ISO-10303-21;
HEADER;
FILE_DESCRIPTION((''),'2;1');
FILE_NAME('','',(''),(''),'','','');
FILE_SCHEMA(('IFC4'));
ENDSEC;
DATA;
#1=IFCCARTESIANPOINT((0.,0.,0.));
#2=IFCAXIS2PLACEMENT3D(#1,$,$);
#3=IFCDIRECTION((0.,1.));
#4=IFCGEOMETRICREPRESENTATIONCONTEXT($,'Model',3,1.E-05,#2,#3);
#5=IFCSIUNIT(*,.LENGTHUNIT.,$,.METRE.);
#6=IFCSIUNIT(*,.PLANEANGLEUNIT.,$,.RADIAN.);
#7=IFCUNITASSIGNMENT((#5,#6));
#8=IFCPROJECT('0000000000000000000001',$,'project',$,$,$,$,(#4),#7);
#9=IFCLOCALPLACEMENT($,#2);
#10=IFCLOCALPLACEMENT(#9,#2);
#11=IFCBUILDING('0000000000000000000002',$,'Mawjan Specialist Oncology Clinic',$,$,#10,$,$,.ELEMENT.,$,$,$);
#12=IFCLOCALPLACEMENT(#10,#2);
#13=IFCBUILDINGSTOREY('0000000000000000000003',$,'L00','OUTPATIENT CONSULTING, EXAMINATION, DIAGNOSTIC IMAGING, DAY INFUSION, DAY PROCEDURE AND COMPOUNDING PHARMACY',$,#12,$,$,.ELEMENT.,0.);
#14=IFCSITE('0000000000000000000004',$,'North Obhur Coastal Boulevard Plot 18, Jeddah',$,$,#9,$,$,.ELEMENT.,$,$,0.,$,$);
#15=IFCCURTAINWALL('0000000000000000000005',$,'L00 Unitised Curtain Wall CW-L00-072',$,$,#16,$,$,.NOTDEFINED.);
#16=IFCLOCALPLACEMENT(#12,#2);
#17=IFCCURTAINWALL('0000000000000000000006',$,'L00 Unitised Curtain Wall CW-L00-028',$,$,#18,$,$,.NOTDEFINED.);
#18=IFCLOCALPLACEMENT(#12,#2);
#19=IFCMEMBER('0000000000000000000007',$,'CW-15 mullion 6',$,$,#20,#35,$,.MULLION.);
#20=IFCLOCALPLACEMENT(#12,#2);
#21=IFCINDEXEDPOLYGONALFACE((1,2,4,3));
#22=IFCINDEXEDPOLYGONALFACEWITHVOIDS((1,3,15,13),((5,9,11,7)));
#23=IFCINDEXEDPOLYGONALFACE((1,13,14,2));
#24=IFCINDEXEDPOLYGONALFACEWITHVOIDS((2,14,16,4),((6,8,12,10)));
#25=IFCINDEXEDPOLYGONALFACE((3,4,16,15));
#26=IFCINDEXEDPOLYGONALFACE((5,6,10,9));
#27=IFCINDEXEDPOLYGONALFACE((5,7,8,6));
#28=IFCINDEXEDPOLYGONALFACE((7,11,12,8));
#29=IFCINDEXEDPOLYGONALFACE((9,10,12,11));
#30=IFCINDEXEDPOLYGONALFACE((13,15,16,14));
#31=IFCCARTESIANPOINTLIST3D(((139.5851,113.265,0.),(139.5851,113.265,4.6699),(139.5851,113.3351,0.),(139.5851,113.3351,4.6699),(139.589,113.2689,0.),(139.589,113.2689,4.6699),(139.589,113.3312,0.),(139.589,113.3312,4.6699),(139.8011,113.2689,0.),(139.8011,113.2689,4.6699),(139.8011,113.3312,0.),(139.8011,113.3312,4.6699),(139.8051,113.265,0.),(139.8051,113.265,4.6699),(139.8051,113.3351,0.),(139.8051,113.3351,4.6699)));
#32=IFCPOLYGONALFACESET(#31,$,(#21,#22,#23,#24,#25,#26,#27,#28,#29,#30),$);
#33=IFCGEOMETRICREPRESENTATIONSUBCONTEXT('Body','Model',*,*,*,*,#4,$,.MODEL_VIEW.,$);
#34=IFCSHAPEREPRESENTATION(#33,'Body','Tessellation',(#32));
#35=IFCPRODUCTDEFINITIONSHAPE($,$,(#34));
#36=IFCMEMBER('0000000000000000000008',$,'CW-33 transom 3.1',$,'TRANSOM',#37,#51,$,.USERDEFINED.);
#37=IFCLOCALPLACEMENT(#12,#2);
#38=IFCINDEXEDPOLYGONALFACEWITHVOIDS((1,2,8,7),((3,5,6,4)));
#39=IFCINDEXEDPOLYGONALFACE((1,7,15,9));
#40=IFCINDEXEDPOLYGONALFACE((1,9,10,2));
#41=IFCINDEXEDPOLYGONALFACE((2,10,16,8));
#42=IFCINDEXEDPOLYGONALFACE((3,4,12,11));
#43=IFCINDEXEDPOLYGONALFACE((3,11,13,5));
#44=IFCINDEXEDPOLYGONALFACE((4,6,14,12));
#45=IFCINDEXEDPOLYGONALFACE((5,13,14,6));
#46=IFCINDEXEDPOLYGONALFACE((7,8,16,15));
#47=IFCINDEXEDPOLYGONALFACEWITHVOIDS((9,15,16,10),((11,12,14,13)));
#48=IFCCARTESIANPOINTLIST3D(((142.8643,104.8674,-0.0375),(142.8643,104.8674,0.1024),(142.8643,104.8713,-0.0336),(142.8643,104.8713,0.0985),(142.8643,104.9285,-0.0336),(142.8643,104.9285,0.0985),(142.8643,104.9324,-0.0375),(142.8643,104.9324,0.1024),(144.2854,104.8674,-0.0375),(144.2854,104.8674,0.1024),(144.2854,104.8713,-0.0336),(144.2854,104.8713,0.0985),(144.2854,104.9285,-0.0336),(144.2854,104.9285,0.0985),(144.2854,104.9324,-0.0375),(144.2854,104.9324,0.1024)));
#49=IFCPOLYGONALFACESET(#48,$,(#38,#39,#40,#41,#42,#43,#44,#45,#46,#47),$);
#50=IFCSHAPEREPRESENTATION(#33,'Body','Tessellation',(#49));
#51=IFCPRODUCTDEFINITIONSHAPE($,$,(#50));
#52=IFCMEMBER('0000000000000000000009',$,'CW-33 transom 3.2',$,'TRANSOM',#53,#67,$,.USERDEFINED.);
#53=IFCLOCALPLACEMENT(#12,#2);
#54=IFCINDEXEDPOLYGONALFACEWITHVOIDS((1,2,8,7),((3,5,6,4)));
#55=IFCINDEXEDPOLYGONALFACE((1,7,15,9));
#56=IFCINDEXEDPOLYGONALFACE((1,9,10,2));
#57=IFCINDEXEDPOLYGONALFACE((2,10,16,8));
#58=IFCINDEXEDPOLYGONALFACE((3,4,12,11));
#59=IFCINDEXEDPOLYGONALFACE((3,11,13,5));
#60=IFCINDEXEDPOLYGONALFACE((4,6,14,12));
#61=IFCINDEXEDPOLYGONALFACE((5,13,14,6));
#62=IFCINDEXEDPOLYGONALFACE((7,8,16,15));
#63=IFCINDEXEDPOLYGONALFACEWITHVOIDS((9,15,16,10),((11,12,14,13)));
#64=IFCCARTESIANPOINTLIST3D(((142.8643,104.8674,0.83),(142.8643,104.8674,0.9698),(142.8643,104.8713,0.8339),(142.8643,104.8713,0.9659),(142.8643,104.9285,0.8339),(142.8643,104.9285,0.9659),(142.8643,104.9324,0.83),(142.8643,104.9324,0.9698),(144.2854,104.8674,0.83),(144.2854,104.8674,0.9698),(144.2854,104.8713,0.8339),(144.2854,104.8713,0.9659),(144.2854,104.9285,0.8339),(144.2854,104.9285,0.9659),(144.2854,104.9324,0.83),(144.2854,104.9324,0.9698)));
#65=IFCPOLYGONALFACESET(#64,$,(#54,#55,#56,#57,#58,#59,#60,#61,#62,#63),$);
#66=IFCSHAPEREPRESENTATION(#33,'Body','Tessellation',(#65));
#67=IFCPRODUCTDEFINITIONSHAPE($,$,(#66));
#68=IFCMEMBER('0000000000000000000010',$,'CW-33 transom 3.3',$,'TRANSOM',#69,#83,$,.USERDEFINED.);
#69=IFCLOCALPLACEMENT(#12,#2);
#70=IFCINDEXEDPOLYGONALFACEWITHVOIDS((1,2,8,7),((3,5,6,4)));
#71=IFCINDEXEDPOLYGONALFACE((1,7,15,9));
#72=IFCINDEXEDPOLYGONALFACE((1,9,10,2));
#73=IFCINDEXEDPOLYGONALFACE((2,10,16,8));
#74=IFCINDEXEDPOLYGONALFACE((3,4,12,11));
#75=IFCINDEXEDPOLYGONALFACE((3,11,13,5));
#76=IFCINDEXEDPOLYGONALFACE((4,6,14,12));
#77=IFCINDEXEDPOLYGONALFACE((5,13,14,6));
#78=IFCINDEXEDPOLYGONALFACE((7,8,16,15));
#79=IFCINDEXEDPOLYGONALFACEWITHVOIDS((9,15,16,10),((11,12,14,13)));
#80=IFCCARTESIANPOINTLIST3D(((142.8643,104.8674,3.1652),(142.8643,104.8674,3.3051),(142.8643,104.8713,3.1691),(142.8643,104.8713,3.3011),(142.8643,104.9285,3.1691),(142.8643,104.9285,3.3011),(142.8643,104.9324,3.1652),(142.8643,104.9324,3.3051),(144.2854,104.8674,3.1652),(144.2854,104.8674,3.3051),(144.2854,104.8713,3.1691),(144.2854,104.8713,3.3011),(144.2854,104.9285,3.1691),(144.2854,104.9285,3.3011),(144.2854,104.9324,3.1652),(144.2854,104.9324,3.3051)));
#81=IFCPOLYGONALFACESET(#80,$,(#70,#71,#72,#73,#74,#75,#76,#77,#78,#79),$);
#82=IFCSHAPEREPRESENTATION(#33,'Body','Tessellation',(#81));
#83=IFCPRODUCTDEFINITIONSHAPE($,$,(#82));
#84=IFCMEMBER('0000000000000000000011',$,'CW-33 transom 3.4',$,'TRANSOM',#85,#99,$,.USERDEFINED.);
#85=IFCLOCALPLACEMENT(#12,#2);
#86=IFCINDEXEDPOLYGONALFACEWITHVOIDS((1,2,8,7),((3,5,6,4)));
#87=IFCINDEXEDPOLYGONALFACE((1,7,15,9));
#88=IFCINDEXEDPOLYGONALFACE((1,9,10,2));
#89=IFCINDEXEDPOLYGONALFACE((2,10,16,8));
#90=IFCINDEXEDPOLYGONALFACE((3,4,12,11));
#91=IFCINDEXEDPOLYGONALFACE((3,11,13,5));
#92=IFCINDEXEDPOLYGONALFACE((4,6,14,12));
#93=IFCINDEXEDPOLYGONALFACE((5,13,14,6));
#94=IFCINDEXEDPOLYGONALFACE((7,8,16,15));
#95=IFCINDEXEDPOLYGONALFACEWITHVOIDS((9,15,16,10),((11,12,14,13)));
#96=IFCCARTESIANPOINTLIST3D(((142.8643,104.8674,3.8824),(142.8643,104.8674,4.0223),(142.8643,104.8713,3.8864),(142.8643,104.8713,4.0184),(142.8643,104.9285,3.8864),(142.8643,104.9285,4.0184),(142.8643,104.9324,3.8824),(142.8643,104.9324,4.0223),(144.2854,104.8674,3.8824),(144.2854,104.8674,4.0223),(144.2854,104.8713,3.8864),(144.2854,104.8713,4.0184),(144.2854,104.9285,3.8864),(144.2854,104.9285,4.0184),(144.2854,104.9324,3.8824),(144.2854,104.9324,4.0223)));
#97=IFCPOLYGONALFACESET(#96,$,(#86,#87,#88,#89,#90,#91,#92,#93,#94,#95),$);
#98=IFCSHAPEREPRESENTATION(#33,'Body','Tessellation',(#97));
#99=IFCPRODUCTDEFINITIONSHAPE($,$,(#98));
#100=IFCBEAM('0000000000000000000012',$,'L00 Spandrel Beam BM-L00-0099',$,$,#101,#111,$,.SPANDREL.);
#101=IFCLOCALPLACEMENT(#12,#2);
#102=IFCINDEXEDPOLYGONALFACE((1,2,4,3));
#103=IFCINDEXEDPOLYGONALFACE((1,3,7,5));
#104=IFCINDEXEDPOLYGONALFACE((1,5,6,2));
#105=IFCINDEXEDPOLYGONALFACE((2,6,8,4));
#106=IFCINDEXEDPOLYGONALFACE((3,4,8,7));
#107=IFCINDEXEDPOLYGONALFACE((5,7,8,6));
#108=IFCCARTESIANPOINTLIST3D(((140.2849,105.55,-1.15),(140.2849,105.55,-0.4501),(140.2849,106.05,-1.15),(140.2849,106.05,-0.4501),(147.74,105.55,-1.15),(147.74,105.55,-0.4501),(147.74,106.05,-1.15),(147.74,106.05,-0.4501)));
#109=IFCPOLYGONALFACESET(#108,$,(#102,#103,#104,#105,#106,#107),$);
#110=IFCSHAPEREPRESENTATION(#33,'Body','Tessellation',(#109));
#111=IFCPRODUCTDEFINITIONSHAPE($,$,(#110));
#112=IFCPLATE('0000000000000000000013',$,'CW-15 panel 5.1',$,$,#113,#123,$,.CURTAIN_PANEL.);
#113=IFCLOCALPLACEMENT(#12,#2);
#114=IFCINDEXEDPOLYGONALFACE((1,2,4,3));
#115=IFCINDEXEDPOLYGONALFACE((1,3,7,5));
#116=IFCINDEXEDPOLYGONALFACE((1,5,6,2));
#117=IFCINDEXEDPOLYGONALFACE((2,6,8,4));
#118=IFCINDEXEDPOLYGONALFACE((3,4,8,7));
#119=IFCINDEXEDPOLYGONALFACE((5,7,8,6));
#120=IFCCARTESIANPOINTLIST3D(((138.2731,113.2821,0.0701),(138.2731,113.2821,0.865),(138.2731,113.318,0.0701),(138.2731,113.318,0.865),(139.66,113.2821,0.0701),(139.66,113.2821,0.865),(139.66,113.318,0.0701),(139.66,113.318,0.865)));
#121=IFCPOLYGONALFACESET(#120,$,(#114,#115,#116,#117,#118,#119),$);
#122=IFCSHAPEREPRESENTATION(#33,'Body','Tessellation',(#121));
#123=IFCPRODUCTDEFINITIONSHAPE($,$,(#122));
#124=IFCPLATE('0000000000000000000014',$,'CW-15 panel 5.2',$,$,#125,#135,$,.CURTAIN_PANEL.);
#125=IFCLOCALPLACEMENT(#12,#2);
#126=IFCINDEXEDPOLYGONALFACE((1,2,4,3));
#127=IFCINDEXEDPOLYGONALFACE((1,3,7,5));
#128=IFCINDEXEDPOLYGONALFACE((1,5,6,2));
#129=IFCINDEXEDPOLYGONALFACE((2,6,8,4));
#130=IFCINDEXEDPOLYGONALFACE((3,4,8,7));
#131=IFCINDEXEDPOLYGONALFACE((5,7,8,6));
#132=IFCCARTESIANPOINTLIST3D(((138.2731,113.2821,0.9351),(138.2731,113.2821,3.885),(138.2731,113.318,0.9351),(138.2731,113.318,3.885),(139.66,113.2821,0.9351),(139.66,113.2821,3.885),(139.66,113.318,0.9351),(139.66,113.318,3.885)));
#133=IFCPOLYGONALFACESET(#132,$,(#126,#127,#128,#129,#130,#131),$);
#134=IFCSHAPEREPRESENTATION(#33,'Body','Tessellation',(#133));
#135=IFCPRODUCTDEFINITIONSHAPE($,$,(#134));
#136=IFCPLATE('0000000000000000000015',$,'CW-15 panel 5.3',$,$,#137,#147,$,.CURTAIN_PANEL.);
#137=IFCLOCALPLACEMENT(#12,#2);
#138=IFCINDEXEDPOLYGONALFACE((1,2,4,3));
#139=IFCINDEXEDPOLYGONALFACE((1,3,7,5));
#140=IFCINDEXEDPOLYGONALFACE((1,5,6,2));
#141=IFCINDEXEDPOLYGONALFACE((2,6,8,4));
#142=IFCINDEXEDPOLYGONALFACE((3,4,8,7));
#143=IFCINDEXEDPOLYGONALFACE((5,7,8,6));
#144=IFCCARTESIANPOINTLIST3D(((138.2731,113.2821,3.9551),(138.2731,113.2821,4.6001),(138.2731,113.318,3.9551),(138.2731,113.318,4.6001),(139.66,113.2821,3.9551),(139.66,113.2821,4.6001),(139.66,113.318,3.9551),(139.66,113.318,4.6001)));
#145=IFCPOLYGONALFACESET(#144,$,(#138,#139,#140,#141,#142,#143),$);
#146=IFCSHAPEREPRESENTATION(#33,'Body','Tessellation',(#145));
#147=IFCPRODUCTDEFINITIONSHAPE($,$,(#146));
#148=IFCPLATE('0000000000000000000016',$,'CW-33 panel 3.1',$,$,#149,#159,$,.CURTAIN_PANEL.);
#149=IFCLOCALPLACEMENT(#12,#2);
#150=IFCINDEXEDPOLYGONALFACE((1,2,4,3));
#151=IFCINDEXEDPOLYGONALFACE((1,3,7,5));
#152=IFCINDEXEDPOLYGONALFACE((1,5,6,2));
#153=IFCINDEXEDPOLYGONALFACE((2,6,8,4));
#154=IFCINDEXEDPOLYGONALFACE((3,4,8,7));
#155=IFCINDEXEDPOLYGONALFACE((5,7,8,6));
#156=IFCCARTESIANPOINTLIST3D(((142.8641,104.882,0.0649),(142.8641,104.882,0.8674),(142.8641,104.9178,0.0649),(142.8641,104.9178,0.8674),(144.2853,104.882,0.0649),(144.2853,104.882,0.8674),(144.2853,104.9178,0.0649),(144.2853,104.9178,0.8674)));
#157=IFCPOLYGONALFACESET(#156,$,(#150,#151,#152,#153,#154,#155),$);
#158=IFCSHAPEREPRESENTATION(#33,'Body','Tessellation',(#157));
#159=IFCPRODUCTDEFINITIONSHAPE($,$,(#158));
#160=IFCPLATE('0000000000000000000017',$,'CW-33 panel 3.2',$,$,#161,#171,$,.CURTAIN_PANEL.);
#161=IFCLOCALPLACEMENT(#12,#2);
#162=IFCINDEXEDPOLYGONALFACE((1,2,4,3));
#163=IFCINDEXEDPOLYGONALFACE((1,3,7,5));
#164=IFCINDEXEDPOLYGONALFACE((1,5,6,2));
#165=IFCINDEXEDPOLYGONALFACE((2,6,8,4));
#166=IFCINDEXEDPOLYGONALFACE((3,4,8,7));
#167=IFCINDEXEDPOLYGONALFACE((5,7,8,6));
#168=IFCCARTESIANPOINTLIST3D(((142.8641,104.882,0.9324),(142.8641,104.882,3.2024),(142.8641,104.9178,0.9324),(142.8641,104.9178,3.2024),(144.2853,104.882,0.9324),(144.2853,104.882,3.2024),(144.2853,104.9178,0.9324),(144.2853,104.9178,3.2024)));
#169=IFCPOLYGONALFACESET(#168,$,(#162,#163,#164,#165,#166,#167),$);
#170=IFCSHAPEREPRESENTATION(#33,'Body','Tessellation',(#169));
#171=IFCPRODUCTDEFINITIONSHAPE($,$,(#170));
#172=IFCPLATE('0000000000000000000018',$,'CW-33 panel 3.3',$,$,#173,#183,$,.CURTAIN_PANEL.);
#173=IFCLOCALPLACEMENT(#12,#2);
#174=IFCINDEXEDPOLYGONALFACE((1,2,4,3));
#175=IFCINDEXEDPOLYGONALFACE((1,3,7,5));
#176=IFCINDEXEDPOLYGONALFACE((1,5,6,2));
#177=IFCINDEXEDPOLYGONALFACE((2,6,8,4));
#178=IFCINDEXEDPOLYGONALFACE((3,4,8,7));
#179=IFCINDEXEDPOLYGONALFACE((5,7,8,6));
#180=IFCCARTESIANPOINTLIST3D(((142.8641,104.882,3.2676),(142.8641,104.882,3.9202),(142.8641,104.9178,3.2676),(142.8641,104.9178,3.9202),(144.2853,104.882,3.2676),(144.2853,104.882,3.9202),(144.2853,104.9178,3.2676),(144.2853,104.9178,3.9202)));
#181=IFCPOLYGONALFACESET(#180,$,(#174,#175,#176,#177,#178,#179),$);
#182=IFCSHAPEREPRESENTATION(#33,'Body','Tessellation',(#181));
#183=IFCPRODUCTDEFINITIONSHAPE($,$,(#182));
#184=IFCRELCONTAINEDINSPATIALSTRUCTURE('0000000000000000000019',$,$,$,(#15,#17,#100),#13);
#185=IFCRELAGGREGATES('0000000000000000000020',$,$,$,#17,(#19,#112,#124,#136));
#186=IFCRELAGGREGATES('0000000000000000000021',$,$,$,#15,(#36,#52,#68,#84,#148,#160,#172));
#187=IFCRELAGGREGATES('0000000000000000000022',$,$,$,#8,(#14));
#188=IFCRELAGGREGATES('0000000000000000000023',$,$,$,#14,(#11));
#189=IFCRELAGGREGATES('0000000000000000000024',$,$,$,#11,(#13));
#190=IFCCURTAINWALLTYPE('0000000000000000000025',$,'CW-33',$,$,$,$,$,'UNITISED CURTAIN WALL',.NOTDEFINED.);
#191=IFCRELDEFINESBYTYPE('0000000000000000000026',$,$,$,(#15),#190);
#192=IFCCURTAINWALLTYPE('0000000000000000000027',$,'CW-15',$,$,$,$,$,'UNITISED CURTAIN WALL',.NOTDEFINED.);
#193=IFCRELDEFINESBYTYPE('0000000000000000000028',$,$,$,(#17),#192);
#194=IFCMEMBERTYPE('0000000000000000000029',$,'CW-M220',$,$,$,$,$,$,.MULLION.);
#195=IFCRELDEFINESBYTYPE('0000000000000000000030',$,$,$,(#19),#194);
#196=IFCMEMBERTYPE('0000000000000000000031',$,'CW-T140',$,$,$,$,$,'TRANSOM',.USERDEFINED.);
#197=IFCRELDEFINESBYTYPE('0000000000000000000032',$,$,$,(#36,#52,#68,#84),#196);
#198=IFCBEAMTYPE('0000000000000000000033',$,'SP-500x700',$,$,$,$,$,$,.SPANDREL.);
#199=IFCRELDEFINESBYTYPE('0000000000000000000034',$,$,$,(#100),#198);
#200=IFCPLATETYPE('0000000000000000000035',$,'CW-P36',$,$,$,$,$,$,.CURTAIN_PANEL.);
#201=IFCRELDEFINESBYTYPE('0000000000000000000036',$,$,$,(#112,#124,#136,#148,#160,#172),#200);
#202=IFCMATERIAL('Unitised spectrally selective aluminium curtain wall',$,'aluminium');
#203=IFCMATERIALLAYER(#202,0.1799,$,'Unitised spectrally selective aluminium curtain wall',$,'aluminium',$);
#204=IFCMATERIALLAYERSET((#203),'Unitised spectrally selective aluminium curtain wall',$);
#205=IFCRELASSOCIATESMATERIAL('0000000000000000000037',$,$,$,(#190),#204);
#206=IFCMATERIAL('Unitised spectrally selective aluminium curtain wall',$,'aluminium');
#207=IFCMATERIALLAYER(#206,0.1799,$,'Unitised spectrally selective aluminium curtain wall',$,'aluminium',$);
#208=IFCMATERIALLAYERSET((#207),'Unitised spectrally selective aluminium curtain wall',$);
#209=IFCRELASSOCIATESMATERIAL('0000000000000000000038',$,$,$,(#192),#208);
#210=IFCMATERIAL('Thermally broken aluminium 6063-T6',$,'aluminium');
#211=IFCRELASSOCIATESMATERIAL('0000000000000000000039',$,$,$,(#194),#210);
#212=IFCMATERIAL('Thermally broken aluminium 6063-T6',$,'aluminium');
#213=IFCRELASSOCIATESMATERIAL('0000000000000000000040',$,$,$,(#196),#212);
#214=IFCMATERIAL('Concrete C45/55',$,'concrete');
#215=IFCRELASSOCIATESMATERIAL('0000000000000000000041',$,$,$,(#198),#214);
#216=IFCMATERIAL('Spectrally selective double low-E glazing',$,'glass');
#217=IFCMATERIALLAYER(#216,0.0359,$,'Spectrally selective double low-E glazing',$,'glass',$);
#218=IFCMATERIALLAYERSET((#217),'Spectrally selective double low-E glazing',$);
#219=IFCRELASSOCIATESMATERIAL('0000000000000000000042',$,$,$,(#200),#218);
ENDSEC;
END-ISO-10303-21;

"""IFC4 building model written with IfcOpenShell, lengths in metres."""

from ifc_helpers import new_model, si_unit, direction, frame, origin, origin_2d, place, context, subcontext, project, spatial, rectangle, hollow_rectangle, extrude, material, layer, layer_set, material_profile, profile_set, type_object, element, aggregate, save


model = new_model("IFC4")

# Units and contexts
model_context = context("Model", 3, precision=1e-05, world=origin(), true_north=direction((0.0, 1.0)))
body_context = subcontext(model_context, "Body", "Model", "MODEL_VIEW")
ifc_project = project(units=[si_unit("LENGTHUNIT", "METRE"), si_unit("PLANEANGLEUNIT", "RADIAN")], contexts=[model_context])

# Site, building, storey
site_placement = place(None, origin())
site = spatial("IfcSite", under=ifc_project, at=site_placement, Name="North Obhur Coastal Boulevard Plot 18, Jeddah", CompositionType="ELEMENT", RefElevation=0.0)
building_placement = place(site_placement, origin())
building = spatial("IfcBuilding", under=site, at=building_placement, Name="Mawjan Specialist Oncology Clinic", CompositionType="ELEMENT")
storey_placement = place(building_placement, origin())
storey = spatial("IfcBuildingStorey", under=building, at=storey_placement, Name="L00", Description="OUTPATIENT CONSULTING, EXAMINATION, DIAGNOSTIC IMAGING, DAY INFUSION, DAY PROCEDURE AND COMPOUNDING PHARMACY", CompositionType="ELEMENT", Elevation=0.0)

# Curtain walls, member
ifc_material_1 = material(Name="Unitised spectrally selective aluminium curtain wall", Category="aluminium")
ifc_layer_1 = layer(ifc_material_1, 0.1799, Name="Unitised spectrally selective aluminium curtain wall", Category="aluminium")
ifc_layer_set_1 = layer_set([ifc_layer_1], Name="Unitised spectrally selective aluminium curtain wall")
curtain_wall_type_1 = type_object("IfcCurtainWallType", Name="CW-33", ElementType="UNITISED CURTAIN WALL", PredefinedType="NOTDEFINED", material=ifc_layer_set_1)
curtain_wall_1_placement = place(storey_placement, origin())
curtain_wall_1 = element("IfcCurtainWall", 1, at=curtain_wall_1_placement, inside=storey, type_object=curtain_wall_type_1, Name="L00 Unitised Curtain Wall CW-L00-072", PredefinedType="NOTDEFINED")
ifc_material_2 = material(Name="Unitised spectrally selective aluminium curtain wall", Category="aluminium")
ifc_layer_2 = layer(ifc_material_2, 0.1799, Name="Unitised spectrally selective aluminium curtain wall", Category="aluminium")
ifc_layer_set_2 = layer_set([ifc_layer_2], Name="Unitised spectrally selective aluminium curtain wall")
curtain_wall_type_2 = type_object("IfcCurtainWallType", Name="CW-15", ElementType="UNITISED CURTAIN WALL", PredefinedType="NOTDEFINED", material=ifc_layer_set_2)
curtain_wall_2_placement = place(storey_placement, origin())
curtain_wall_2 = element("IfcCurtainWall", 2, at=curtain_wall_2_placement, inside=storey, type_object=curtain_wall_type_2, Name="L00 Unitised Curtain Wall CW-L00-028", PredefinedType="NOTDEFINED")
ifc_material_3 = material(Name="Thermally broken aluminium 6063-T6", Category="aluminium")
ifc_material_profile_1 = material_profile(ifc_material_3, hollow_rectangle(XDim=0.0701, YDim=0.22, WallThickness=0.0039, at=origin_2d()), Name="ALU MULLION 220x70x4", Category="aluminium")
ifc_profile_set_1 = profile_set([ifc_material_profile_1], Name="Thermally broken aluminium 6063-T6")
member_type_1 = type_object("IfcMemberType", Name="CW-M220", PredefinedType="MULLION", material=ifc_profile_set_1)
member_1_placement = place(storey_placement, frame((139.6951, 113.3, 0.0), z_axis=(0.0, 0.0, 1.0), x_axis=(0.0, 1.0, 0.0)))
member_1 = element("IfcMember", 3, at=member_1_placement, type_object=member_type_1, Name="CW-15 mullion 6", PredefinedType="MULLION", context=body_context, shape_type="SweptSolid", body=[
    extrude(hollow_rectangle(XDim=0.0701, YDim=0.22, WallThickness=0.0039, at=origin_2d()), origin(), (0.0, 0.0, 1.0), 4.6699),
])

# Members
ifc_material_4 = material(Name="Thermally broken aluminium 6063-T6", Category="aluminium")
ifc_material_profile_2 = material_profile(ifc_material_4, hollow_rectangle(XDim=0.0649, YDim=0.1399, WallThickness=0.0039, at=origin_2d()), Name="ALU TRANSOM 140x65x4", Category="aluminium")
ifc_profile_set_2 = profile_set([ifc_material_profile_2], Name="Thermally broken aluminium 6063-T6")
member_type_2 = type_object("IfcMemberType", Name="CW-T140", ElementType="TRANSOM", PredefinedType="USERDEFINED", material=ifc_profile_set_2)
member_2_placement = place(storey_placement, frame((144.2854, 104.8999, 0.0325), z_axis=(-1.0, 0.0, 0.0), x_axis=(0.0, -1.0, 0.0)))
member_2 = element("IfcMember", 4, at=member_2_placement, type_object=member_type_2, Name="CW-33 transom 3.1", ObjectType="TRANSOM", PredefinedType="USERDEFINED", context=body_context, shape_type="SweptSolid", body=[
    extrude(hollow_rectangle(XDim=0.0649, YDim=0.1399, WallThickness=0.0039, at=origin_2d()), origin(), (0.0, 0.0, 1.0), 1.4211),
])
member_3_placement = place(storey_placement, frame((144.2854, 104.8999, 0.8999), z_axis=(-1.0, 0.0, 0.0), x_axis=(0.0, -1.0, 0.0)))
member_3 = element("IfcMember", 5, at=member_3_placement, type_object=member_type_2, Name="CW-33 transom 3.2", ObjectType="TRANSOM", PredefinedType="USERDEFINED", context=body_context, shape_type="SweptSolid", body=[
    extrude(hollow_rectangle(XDim=0.0649, YDim=0.1399, WallThickness=0.0039, at=origin_2d()), origin(), (0.0, 0.0, 1.0), 1.4211),
])
member_4_placement = place(storey_placement, frame((144.2854, 104.8999, 3.2351), z_axis=(-1.0, 0.0, 0.0), x_axis=(0.0, -1.0, 0.0)))
member_4 = element("IfcMember", 6, at=member_4_placement, type_object=member_type_2, Name="CW-33 transom 3.3", ObjectType="TRANSOM", PredefinedType="USERDEFINED", context=body_context, shape_type="SweptSolid", body=[
    extrude(hollow_rectangle(XDim=0.0649, YDim=0.1399, WallThickness=0.0039, at=origin_2d()), origin(), (0.0, 0.0, 1.0), 1.4211),
])
member_5_placement = place(storey_placement, frame((144.2854, 104.8999, 3.9524), z_axis=(-1.0, 0.0, 0.0), x_axis=(0.0, -1.0, 0.0)))
member_5 = element("IfcMember", 7, at=member_5_placement, type_object=member_type_2, Name="CW-33 transom 3.4", ObjectType="TRANSOM", PredefinedType="USERDEFINED", context=body_context, shape_type="SweptSolid", body=[
    extrude(hollow_rectangle(XDim=0.0649, YDim=0.1399, WallThickness=0.0039, at=origin_2d()), origin(), (0.0, 0.0, 1.0), 1.4211),
])

# Beam
ifc_material_5 = material(Name="Concrete C45/55", Category="concrete")
ifc_material_profile_3 = material_profile(ifc_material_5, rectangle(XDim=0.5, YDim=0.7, at=origin_2d()), Name="RC BM 500x700", Category="concrete")
ifc_profile_set_3 = profile_set([ifc_material_profile_3], Name="Concrete C45/55")
beam_type_1 = type_object("IfcBeamType", Name="SP-500x700", PredefinedType="SPANDREL", material=ifc_profile_set_3)
beam_1_placement = place(storey_placement, frame((140.2849, 105.8, -0.8), z_axis=(1.0, 0.0, 0.0), x_axis=(0.0, 1.0, 0.0)))
element("IfcBeam", 8, at=beam_1_placement, inside=storey, type_object=beam_type_1, Name="L00 Spandrel Beam BM-L00-0099", PredefinedType="SPANDREL", context=body_context, shape_type="SweptSolid", body=[
    extrude(rectangle(XDim=0.5, YDim=0.7, at=origin_2d()), origin(), (0.0, 0.0, 1.0), 7.4551),
])

# Plates
ifc_material_6 = material(Name="Spectrally selective double low-E glazing", Category="glass")
ifc_layer_3 = layer(ifc_material_6, 0.0359, Name="Spectrally selective double low-E glazing", Category="glass")
ifc_layer_set_3 = layer_set([ifc_layer_3], Name="Spectrally selective double low-E glazing")
plate_type = type_object("IfcPlateType", Name="CW-P36", PredefinedType="CURTAIN_PANEL", material=ifc_layer_set_3)
plate_1_placement = place(storey_placement, frame((138.9666, 113.3, 0.0701), z_axis=(0.0, 0.0, 1.0), x_axis=(1.0, 0.0, 0.0)))
plate_1 = element("IfcPlate", 9, at=plate_1_placement, type_object=plate_type, Name="CW-15 panel 5.1", PredefinedType="CURTAIN_PANEL", context=body_context, shape_type="SweptSolid", body=[
    extrude(rectangle(XDim=1.387, YDim=0.0359, at=origin_2d()), origin(), (0.0, 0.0, 1.0), 0.7949),
])
plate_2_placement = place(storey_placement, frame((138.9666, 113.3, 0.9351), z_axis=(0.0, 0.0, 1.0), x_axis=(1.0, 0.0, 0.0)))
plate_2 = element("IfcPlate", 10, at=plate_2_placement, type_object=plate_type, Name="CW-15 panel 5.2", PredefinedType="CURTAIN_PANEL", context=body_context, shape_type="SweptSolid", body=[
    extrude(rectangle(XDim=1.387, YDim=0.0359, at=origin_2d()), origin(), (0.0, 0.0, 1.0), 2.95),
])
plate_3_placement = place(storey_placement, frame((138.9666, 113.3, 3.9551), z_axis=(0.0, 0.0, 1.0), x_axis=(1.0, 0.0, 0.0)))
plate_3 = element("IfcPlate", 11, at=plate_3_placement, type_object=plate_type, Name="CW-15 panel 5.3", PredefinedType="CURTAIN_PANEL", context=body_context, shape_type="SweptSolid", body=[
    extrude(rectangle(XDim=1.387, YDim=0.0359, at=origin_2d()), origin(), (0.0, 0.0, 1.0), 0.645),
])
aggregate(curtain_wall_2, [member_1, plate_1, plate_2, plate_3])
plate_4_placement = place(storey_placement, frame((143.5747, 104.8999, 0.0649), z_axis=(0.0, 0.0, 1.0), x_axis=(-1.0, 0.0, 0.0)))
plate_4 = element("IfcPlate", 12, at=plate_4_placement, type_object=plate_type, Name="CW-33 panel 3.1", PredefinedType="CURTAIN_PANEL", context=body_context, shape_type="SweptSolid", body=[
    extrude(rectangle(XDim=1.4211, YDim=0.0359, at=origin_2d()), origin(), (0.0, 0.0, 1.0), 0.8025),
])
plate_5_placement = place(storey_placement, frame((143.5747, 104.8999, 0.9324), z_axis=(0.0, 0.0, 1.0), x_axis=(-1.0, 0.0, 0.0)))
plate_5 = element("IfcPlate", 13, at=plate_5_placement, type_object=plate_type, Name="CW-33 panel 3.2", PredefinedType="CURTAIN_PANEL", context=body_context, shape_type="SweptSolid", body=[
    extrude(rectangle(XDim=1.4211, YDim=0.0359, at=origin_2d()), origin(), (0.0, 0.0, 1.0), 2.27),
])
plate_6_placement = place(storey_placement, frame((143.5747, 104.8999, 3.2676), z_axis=(0.0, 0.0, 1.0), x_axis=(-1.0, 0.0, 0.0)))
plate_6 = element("IfcPlate", 14, at=plate_6_placement, type_object=plate_type, Name="CW-33 panel 3.3", PredefinedType="CURTAIN_PANEL", context=body_context, shape_type="SweptSolid", body=[
    extrude(rectangle(XDim=1.4211, YDim=0.0359, at=origin_2d()), origin(), (0.0, 0.0, 1.0), 0.6526),
])
aggregate(curtain_wall_1, [member_2, member_3, member_4, member_5, plate_4, plate_5, plate_6])

save(model, "model.ifc")
